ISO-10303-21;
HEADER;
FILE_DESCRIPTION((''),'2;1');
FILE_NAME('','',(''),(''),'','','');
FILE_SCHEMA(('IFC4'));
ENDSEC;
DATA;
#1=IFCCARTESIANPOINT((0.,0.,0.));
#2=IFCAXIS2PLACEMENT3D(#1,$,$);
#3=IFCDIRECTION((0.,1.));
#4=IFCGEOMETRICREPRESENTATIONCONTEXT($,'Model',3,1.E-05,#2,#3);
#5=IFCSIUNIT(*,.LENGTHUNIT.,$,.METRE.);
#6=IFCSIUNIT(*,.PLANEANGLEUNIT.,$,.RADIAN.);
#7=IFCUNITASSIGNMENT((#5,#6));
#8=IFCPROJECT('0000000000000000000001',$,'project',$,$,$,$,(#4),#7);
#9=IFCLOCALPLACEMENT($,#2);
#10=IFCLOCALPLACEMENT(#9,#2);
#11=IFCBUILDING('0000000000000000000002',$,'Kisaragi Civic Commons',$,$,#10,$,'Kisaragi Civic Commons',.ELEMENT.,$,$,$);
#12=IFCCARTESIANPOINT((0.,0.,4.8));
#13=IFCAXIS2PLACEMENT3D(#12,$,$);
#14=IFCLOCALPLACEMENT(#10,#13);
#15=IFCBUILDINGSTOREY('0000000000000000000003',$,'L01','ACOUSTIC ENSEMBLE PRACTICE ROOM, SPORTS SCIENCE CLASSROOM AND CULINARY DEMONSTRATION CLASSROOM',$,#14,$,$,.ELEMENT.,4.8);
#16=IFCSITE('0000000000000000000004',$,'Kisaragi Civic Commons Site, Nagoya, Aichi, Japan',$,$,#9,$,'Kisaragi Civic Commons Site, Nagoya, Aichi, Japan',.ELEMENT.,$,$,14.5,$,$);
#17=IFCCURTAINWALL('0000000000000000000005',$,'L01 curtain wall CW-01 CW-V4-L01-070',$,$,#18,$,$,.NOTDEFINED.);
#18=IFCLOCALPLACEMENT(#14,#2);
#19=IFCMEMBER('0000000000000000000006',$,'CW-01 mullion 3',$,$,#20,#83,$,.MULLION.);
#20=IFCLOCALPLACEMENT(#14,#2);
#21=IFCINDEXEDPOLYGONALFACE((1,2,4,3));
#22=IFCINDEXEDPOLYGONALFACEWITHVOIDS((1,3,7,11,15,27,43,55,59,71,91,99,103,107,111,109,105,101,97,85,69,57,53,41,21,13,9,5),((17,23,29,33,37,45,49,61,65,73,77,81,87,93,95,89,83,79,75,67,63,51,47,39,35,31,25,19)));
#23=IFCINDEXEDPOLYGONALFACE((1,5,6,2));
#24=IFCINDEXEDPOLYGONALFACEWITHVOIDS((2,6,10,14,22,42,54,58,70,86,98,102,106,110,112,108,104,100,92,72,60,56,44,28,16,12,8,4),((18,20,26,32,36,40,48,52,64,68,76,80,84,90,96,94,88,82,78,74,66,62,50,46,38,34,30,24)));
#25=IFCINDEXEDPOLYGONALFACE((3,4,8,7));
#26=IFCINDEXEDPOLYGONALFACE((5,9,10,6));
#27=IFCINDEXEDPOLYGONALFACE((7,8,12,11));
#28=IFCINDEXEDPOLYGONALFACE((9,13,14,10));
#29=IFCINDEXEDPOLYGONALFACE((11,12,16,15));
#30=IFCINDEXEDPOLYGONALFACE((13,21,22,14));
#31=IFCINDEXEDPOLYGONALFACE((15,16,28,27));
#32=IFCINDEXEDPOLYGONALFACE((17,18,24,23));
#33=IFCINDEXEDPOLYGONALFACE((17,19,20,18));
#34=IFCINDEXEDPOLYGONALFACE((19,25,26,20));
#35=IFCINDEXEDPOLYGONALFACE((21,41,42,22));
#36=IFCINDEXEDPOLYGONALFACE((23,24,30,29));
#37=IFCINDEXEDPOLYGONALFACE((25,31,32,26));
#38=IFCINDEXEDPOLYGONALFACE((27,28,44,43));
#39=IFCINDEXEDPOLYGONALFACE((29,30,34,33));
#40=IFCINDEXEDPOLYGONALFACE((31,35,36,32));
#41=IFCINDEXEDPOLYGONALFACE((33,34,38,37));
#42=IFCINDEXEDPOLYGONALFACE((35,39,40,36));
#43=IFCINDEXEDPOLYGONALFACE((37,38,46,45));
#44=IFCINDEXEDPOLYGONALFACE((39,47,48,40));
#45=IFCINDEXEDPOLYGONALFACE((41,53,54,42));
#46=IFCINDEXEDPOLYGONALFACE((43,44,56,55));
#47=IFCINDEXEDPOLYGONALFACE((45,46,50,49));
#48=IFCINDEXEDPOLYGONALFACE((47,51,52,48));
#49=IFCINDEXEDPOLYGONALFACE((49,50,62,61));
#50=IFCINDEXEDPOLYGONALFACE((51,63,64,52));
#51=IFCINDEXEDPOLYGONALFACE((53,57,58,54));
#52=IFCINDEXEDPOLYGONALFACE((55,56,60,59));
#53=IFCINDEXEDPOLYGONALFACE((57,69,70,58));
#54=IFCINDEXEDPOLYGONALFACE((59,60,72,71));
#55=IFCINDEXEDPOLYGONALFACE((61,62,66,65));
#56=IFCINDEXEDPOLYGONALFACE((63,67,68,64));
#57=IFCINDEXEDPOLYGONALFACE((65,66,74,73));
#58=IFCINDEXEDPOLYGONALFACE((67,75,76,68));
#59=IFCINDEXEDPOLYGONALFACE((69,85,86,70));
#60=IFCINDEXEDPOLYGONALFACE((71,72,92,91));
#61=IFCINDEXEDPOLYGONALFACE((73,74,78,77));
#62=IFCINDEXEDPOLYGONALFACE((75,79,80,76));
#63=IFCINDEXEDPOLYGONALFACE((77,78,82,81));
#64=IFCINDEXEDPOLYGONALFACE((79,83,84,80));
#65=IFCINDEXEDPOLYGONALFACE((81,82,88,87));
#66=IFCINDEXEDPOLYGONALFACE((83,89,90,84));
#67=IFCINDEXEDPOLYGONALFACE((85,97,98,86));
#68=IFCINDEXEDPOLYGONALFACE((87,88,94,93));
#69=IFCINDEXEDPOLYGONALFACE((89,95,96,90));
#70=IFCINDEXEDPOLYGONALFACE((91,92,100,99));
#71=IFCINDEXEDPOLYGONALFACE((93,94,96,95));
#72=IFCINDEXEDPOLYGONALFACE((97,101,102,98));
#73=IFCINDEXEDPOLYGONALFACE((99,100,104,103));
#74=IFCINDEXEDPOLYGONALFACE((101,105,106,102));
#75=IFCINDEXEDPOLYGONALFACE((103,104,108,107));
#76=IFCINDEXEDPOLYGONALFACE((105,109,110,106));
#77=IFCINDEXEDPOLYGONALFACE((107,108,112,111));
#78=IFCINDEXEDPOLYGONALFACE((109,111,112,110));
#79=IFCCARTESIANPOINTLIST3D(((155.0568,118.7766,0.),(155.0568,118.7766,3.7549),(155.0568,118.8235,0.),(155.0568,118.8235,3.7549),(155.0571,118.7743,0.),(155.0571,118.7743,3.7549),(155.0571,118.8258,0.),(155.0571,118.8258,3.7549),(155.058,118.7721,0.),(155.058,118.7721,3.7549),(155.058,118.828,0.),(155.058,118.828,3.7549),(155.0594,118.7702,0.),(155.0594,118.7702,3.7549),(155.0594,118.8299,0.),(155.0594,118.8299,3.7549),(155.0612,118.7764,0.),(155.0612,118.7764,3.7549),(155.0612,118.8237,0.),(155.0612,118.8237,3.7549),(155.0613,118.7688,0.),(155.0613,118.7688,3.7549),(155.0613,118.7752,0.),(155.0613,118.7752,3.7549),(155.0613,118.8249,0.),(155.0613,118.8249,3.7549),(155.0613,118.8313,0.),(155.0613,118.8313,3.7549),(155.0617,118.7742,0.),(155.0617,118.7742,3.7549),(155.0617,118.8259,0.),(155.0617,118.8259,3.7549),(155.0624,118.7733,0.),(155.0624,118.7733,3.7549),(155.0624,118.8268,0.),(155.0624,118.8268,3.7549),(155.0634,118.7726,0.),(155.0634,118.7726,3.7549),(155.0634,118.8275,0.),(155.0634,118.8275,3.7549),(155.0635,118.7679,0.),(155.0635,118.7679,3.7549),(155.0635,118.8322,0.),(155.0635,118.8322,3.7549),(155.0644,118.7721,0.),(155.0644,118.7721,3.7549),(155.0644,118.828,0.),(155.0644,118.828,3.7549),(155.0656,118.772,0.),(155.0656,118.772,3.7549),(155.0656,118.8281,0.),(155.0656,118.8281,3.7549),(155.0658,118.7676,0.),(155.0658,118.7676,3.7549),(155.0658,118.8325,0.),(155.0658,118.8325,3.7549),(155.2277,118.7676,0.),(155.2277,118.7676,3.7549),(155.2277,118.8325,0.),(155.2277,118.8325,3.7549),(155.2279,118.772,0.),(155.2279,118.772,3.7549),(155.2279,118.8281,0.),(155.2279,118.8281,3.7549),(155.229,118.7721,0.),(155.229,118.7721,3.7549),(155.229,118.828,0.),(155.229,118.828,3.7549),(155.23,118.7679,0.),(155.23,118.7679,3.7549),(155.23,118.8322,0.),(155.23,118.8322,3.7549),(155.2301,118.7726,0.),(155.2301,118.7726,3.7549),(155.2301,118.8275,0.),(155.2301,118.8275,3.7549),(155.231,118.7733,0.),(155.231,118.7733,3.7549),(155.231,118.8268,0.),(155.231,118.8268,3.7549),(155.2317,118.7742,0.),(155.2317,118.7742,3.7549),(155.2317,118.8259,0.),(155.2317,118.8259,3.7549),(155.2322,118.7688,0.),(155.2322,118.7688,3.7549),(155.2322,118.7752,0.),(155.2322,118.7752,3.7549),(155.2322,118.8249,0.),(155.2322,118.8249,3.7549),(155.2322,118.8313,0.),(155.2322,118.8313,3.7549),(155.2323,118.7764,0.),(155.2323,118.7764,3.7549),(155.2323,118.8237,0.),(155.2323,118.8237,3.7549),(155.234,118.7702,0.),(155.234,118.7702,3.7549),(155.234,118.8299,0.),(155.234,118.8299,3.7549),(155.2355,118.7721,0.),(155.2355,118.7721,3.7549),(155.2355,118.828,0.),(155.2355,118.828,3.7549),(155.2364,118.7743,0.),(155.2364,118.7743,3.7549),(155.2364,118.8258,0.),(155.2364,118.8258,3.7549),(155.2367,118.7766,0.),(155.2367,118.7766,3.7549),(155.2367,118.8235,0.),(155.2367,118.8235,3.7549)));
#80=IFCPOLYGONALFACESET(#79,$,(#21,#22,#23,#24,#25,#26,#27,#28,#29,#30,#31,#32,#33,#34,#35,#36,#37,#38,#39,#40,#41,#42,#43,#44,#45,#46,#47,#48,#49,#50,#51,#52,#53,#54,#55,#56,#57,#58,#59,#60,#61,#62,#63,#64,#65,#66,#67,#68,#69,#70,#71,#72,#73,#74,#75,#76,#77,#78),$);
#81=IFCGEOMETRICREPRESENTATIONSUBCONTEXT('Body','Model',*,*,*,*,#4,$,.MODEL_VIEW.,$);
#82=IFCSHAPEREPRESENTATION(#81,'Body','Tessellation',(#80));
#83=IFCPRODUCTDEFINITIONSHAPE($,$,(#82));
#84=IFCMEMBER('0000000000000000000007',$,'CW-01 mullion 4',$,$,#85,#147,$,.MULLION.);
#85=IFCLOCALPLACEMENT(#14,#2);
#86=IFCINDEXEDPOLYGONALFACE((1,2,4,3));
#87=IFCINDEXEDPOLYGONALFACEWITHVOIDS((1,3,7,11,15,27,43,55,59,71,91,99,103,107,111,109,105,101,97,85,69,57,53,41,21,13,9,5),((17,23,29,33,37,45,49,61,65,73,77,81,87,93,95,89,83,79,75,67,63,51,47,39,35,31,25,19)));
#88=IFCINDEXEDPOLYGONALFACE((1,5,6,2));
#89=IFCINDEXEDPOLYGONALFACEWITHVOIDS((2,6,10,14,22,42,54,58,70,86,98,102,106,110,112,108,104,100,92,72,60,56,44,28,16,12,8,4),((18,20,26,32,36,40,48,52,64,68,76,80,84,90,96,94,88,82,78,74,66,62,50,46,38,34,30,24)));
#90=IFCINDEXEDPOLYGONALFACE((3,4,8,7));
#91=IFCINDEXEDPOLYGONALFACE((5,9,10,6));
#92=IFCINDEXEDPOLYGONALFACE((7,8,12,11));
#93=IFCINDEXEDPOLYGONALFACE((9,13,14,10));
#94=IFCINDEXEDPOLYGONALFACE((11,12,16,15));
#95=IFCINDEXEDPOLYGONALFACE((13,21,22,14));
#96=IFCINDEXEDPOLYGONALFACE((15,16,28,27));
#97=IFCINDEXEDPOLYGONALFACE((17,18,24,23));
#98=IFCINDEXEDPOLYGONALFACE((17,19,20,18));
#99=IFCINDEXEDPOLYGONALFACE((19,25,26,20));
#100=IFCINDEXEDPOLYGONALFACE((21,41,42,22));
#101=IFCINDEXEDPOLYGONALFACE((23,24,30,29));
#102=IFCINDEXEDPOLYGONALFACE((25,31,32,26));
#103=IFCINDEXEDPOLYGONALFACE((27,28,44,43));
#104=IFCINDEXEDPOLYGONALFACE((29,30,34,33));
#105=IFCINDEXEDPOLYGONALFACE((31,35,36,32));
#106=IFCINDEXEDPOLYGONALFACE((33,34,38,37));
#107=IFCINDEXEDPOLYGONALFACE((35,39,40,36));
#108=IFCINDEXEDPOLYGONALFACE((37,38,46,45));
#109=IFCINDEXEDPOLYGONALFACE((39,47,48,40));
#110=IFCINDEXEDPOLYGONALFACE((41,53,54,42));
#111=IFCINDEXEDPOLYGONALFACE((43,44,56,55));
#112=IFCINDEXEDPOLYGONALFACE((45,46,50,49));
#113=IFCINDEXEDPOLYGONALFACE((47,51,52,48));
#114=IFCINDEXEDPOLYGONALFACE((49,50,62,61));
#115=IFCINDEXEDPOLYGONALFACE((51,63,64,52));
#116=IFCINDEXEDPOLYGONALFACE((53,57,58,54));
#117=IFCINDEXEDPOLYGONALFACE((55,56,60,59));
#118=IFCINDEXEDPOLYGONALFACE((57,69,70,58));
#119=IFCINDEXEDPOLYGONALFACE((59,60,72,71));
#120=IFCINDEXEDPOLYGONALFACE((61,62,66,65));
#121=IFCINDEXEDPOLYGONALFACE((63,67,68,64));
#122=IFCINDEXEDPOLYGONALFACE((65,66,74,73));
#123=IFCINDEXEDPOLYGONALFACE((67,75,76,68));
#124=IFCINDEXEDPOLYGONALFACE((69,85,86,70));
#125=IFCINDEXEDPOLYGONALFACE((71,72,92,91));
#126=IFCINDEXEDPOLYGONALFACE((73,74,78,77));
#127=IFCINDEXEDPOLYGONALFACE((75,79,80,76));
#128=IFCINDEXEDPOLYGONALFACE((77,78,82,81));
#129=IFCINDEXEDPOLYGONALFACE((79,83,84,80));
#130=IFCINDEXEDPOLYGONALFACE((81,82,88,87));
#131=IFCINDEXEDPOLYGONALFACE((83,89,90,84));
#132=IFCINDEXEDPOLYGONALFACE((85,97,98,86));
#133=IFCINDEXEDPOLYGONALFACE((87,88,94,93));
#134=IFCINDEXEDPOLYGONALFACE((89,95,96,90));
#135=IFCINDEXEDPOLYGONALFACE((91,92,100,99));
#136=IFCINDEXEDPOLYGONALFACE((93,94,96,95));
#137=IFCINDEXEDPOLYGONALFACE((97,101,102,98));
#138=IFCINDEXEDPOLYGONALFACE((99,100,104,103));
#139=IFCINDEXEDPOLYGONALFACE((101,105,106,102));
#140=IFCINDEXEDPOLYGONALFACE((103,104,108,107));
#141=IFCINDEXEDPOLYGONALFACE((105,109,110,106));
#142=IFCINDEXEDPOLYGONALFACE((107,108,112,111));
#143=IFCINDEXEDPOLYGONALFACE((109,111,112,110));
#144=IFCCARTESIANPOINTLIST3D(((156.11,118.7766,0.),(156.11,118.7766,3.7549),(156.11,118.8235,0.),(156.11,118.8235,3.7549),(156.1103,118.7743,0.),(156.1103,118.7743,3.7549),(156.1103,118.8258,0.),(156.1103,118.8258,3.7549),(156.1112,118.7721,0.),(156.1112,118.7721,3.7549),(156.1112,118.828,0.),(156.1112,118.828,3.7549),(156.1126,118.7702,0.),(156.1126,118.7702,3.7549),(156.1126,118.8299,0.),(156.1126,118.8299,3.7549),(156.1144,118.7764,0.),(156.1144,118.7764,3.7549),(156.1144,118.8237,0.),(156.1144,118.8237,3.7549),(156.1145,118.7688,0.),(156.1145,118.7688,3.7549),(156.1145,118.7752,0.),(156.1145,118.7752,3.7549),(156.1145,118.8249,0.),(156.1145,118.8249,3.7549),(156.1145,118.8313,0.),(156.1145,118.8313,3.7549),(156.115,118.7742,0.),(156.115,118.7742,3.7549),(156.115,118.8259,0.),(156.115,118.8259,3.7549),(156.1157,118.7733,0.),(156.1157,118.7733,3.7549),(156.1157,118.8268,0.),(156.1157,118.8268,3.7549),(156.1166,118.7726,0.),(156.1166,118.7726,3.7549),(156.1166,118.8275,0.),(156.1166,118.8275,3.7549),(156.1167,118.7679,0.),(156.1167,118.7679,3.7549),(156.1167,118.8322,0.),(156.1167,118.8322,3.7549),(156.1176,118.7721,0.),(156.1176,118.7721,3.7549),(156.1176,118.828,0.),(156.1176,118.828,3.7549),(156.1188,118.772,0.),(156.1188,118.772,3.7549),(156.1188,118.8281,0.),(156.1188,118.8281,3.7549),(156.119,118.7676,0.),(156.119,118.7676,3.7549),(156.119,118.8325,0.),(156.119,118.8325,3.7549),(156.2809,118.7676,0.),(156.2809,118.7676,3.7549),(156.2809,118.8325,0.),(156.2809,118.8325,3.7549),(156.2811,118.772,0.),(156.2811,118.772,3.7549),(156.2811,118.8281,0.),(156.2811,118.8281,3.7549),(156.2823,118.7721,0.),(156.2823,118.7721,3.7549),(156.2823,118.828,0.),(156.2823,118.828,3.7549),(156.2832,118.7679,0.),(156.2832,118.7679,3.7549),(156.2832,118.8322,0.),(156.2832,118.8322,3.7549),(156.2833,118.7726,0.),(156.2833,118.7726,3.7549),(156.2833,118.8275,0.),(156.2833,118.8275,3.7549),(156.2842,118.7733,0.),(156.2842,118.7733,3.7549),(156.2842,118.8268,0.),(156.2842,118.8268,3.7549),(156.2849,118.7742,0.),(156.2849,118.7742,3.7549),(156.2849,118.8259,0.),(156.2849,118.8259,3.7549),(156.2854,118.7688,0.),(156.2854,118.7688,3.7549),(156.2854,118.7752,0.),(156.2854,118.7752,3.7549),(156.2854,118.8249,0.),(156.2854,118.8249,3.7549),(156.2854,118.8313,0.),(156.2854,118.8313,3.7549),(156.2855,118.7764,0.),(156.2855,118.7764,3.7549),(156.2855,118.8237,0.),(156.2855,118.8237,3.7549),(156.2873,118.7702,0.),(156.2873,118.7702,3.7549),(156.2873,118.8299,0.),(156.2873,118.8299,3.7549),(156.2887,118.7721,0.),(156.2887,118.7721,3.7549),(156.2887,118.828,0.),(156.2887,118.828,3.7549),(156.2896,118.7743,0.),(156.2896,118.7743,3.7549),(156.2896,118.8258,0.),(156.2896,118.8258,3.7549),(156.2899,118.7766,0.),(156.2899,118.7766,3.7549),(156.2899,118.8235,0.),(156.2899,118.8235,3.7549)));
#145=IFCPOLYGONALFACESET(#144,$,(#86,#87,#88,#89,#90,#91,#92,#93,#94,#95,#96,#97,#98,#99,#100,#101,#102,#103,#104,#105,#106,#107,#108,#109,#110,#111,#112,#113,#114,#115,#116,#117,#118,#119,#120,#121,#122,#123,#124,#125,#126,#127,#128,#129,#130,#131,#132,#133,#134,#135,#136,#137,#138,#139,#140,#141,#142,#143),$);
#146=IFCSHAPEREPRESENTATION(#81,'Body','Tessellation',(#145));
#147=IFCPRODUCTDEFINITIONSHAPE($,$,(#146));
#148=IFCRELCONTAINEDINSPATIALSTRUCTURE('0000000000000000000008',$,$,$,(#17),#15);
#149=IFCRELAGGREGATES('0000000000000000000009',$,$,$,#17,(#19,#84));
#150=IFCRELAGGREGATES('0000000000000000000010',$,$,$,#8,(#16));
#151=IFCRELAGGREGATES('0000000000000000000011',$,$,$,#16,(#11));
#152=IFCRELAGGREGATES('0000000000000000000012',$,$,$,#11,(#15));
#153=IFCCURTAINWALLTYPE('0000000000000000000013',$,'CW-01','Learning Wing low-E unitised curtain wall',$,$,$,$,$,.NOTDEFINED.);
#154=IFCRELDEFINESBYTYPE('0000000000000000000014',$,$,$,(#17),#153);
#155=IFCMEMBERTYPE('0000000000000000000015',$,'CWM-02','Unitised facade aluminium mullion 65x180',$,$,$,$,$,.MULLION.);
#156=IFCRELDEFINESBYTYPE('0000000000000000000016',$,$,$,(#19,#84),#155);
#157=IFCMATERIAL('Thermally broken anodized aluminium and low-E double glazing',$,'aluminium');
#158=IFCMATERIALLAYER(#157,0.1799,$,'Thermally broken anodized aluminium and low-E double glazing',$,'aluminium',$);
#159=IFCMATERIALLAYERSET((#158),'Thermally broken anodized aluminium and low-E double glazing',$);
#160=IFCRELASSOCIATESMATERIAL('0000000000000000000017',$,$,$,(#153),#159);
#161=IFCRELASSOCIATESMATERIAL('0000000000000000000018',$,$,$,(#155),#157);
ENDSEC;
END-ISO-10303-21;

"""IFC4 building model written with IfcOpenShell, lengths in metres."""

from ifc_helpers import new_model, si_unit, direction, frame, origin, origin_2d, place, context, subcontext, project, spatial, hollow_rectangle, extrude, material, layer, layer_set, material_profile, profile_set, type_object, element, aggregate, save


model = new_model("IFC4")

# Units and contexts
model_context = context("Model", 3, precision=1e-05, world=origin(), true_north=direction((0.0, 1.0)))
body_context = subcontext(model_context, "Body", "Model", "MODEL_VIEW")
ifc_project = project(units=[si_unit("LENGTHUNIT", "METRE"), si_unit("PLANEANGLEUNIT", "RADIAN")], contexts=[model_context])

# Site, building, storey
site_placement = place(None, origin())
site = spatial("IfcSite", under=ifc_project, at=site_placement, Name="Kisaragi Civic Commons Site, Nagoya, Aichi, Japan", LongName="Kisaragi Civic Commons Site, Nagoya, Aichi, Japan", CompositionType="ELEMENT", RefElevation=14.5)
building_placement = place(site_placement, origin())
building = spatial("IfcBuilding", under=site, at=building_placement, Name="Kisaragi Civic Commons", LongName="Kisaragi Civic Commons", CompositionType="ELEMENT")
storey_placement = place(building_placement, frame((0.0, 0.0, 4.8)))
storey = spatial("IfcBuildingStorey", under=building, at=storey_placement, Name="L01", Description="ACOUSTIC ENSEMBLE PRACTICE ROOM, SPORTS SCIENCE CLASSROOM AND CULINARY DEMONSTRATION CLASSROOM", CompositionType="ELEMENT", Elevation=4.8)

# Curtain wall, members
ifc_material = material(Name="Thermally broken anodized aluminium and low-E double glazing", Category="aluminium")
ifc_layer_1 = layer(ifc_material, 0.1799, Name="Thermally broken anodized aluminium and low-E double glazing", Category="aluminium")
ifc_layer_set_1 = layer_set([ifc_layer_1], Name="Thermally broken anodized aluminium and low-E double glazing")
curtain_wall_type = type_object("IfcCurtainWallType", Name="CW-01", Description="Learning Wing low-E unitised curtain wall", PredefinedType="NOTDEFINED", material=ifc_layer_set_1)
curtain_wall_placement = place(storey_placement, origin())
curtain_wall = element("IfcCurtainWall", 1, at=curtain_wall_placement, inside=storey, type_object=curtain_wall_type, Name="L01 curtain wall CW-01 CW-V4-L01-070", PredefinedType="NOTDEFINED")
ifc_material_profile_1 = material_profile(ifc_material, hollow_rectangle(XDim=0.0649, YDim=0.1799, WallThickness=0.0044, InnerFilletRadius=0.0044, OuterFilletRadius=0.009, at=origin_2d()), Name="CWM-65x180x4.5", Category="aluminium")
ifc_profile_set_1 = profile_set([ifc_material_profile_1], Name="Thermally broken anodized aluminium and low-E double glazing")
member_type_1 = type_object("IfcMemberType", Name="CWM-02", Description="Unitised facade aluminium mullion 65x180", PredefinedType="MULLION", material=ifc_profile_set_1)
member_1_placement = place(storey_placement, frame((155.1467, 118.8, 0.0), z_axis=(0.0, 0.0, 1.0), x_axis=(0.0, 1.0, 0.0)))
member_1 = element("IfcMember", 2, at=member_1_placement, type_object=member_type_1, Name="CW-01 mullion 3", PredefinedType="MULLION", context=body_context, shape_type="SweptSolid", body=[
    extrude(hollow_rectangle(XDim=0.0649, YDim=0.1799, WallThickness=0.0044, InnerFilletRadius=0.0044, OuterFilletRadius=0.009, at=origin_2d()), origin(), (0.0, 0.0, 1.0), 3.7549),
])
member_2_placement = place(storey_placement, frame((156.2, 118.8, 0.0), z_axis=(0.0, 0.0, 1.0), x_axis=(0.0, 1.0, 0.0)))
member_2 = element("IfcMember", 3, at=member_2_placement, type_object=member_type_1, Name="CW-01 mullion 4", PredefinedType="MULLION", context=body_context, shape_type="SweptSolid", body=[
    extrude(hollow_rectangle(XDim=0.0649, YDim=0.1799, WallThickness=0.0044, InnerFilletRadius=0.0044, OuterFilletRadius=0.009, at=origin_2d()), origin(), (0.0, 0.0, 1.0), 3.7549),
])
aggregate(curtain_wall, [member_1, member_2])

save(model, "model.ifc")
